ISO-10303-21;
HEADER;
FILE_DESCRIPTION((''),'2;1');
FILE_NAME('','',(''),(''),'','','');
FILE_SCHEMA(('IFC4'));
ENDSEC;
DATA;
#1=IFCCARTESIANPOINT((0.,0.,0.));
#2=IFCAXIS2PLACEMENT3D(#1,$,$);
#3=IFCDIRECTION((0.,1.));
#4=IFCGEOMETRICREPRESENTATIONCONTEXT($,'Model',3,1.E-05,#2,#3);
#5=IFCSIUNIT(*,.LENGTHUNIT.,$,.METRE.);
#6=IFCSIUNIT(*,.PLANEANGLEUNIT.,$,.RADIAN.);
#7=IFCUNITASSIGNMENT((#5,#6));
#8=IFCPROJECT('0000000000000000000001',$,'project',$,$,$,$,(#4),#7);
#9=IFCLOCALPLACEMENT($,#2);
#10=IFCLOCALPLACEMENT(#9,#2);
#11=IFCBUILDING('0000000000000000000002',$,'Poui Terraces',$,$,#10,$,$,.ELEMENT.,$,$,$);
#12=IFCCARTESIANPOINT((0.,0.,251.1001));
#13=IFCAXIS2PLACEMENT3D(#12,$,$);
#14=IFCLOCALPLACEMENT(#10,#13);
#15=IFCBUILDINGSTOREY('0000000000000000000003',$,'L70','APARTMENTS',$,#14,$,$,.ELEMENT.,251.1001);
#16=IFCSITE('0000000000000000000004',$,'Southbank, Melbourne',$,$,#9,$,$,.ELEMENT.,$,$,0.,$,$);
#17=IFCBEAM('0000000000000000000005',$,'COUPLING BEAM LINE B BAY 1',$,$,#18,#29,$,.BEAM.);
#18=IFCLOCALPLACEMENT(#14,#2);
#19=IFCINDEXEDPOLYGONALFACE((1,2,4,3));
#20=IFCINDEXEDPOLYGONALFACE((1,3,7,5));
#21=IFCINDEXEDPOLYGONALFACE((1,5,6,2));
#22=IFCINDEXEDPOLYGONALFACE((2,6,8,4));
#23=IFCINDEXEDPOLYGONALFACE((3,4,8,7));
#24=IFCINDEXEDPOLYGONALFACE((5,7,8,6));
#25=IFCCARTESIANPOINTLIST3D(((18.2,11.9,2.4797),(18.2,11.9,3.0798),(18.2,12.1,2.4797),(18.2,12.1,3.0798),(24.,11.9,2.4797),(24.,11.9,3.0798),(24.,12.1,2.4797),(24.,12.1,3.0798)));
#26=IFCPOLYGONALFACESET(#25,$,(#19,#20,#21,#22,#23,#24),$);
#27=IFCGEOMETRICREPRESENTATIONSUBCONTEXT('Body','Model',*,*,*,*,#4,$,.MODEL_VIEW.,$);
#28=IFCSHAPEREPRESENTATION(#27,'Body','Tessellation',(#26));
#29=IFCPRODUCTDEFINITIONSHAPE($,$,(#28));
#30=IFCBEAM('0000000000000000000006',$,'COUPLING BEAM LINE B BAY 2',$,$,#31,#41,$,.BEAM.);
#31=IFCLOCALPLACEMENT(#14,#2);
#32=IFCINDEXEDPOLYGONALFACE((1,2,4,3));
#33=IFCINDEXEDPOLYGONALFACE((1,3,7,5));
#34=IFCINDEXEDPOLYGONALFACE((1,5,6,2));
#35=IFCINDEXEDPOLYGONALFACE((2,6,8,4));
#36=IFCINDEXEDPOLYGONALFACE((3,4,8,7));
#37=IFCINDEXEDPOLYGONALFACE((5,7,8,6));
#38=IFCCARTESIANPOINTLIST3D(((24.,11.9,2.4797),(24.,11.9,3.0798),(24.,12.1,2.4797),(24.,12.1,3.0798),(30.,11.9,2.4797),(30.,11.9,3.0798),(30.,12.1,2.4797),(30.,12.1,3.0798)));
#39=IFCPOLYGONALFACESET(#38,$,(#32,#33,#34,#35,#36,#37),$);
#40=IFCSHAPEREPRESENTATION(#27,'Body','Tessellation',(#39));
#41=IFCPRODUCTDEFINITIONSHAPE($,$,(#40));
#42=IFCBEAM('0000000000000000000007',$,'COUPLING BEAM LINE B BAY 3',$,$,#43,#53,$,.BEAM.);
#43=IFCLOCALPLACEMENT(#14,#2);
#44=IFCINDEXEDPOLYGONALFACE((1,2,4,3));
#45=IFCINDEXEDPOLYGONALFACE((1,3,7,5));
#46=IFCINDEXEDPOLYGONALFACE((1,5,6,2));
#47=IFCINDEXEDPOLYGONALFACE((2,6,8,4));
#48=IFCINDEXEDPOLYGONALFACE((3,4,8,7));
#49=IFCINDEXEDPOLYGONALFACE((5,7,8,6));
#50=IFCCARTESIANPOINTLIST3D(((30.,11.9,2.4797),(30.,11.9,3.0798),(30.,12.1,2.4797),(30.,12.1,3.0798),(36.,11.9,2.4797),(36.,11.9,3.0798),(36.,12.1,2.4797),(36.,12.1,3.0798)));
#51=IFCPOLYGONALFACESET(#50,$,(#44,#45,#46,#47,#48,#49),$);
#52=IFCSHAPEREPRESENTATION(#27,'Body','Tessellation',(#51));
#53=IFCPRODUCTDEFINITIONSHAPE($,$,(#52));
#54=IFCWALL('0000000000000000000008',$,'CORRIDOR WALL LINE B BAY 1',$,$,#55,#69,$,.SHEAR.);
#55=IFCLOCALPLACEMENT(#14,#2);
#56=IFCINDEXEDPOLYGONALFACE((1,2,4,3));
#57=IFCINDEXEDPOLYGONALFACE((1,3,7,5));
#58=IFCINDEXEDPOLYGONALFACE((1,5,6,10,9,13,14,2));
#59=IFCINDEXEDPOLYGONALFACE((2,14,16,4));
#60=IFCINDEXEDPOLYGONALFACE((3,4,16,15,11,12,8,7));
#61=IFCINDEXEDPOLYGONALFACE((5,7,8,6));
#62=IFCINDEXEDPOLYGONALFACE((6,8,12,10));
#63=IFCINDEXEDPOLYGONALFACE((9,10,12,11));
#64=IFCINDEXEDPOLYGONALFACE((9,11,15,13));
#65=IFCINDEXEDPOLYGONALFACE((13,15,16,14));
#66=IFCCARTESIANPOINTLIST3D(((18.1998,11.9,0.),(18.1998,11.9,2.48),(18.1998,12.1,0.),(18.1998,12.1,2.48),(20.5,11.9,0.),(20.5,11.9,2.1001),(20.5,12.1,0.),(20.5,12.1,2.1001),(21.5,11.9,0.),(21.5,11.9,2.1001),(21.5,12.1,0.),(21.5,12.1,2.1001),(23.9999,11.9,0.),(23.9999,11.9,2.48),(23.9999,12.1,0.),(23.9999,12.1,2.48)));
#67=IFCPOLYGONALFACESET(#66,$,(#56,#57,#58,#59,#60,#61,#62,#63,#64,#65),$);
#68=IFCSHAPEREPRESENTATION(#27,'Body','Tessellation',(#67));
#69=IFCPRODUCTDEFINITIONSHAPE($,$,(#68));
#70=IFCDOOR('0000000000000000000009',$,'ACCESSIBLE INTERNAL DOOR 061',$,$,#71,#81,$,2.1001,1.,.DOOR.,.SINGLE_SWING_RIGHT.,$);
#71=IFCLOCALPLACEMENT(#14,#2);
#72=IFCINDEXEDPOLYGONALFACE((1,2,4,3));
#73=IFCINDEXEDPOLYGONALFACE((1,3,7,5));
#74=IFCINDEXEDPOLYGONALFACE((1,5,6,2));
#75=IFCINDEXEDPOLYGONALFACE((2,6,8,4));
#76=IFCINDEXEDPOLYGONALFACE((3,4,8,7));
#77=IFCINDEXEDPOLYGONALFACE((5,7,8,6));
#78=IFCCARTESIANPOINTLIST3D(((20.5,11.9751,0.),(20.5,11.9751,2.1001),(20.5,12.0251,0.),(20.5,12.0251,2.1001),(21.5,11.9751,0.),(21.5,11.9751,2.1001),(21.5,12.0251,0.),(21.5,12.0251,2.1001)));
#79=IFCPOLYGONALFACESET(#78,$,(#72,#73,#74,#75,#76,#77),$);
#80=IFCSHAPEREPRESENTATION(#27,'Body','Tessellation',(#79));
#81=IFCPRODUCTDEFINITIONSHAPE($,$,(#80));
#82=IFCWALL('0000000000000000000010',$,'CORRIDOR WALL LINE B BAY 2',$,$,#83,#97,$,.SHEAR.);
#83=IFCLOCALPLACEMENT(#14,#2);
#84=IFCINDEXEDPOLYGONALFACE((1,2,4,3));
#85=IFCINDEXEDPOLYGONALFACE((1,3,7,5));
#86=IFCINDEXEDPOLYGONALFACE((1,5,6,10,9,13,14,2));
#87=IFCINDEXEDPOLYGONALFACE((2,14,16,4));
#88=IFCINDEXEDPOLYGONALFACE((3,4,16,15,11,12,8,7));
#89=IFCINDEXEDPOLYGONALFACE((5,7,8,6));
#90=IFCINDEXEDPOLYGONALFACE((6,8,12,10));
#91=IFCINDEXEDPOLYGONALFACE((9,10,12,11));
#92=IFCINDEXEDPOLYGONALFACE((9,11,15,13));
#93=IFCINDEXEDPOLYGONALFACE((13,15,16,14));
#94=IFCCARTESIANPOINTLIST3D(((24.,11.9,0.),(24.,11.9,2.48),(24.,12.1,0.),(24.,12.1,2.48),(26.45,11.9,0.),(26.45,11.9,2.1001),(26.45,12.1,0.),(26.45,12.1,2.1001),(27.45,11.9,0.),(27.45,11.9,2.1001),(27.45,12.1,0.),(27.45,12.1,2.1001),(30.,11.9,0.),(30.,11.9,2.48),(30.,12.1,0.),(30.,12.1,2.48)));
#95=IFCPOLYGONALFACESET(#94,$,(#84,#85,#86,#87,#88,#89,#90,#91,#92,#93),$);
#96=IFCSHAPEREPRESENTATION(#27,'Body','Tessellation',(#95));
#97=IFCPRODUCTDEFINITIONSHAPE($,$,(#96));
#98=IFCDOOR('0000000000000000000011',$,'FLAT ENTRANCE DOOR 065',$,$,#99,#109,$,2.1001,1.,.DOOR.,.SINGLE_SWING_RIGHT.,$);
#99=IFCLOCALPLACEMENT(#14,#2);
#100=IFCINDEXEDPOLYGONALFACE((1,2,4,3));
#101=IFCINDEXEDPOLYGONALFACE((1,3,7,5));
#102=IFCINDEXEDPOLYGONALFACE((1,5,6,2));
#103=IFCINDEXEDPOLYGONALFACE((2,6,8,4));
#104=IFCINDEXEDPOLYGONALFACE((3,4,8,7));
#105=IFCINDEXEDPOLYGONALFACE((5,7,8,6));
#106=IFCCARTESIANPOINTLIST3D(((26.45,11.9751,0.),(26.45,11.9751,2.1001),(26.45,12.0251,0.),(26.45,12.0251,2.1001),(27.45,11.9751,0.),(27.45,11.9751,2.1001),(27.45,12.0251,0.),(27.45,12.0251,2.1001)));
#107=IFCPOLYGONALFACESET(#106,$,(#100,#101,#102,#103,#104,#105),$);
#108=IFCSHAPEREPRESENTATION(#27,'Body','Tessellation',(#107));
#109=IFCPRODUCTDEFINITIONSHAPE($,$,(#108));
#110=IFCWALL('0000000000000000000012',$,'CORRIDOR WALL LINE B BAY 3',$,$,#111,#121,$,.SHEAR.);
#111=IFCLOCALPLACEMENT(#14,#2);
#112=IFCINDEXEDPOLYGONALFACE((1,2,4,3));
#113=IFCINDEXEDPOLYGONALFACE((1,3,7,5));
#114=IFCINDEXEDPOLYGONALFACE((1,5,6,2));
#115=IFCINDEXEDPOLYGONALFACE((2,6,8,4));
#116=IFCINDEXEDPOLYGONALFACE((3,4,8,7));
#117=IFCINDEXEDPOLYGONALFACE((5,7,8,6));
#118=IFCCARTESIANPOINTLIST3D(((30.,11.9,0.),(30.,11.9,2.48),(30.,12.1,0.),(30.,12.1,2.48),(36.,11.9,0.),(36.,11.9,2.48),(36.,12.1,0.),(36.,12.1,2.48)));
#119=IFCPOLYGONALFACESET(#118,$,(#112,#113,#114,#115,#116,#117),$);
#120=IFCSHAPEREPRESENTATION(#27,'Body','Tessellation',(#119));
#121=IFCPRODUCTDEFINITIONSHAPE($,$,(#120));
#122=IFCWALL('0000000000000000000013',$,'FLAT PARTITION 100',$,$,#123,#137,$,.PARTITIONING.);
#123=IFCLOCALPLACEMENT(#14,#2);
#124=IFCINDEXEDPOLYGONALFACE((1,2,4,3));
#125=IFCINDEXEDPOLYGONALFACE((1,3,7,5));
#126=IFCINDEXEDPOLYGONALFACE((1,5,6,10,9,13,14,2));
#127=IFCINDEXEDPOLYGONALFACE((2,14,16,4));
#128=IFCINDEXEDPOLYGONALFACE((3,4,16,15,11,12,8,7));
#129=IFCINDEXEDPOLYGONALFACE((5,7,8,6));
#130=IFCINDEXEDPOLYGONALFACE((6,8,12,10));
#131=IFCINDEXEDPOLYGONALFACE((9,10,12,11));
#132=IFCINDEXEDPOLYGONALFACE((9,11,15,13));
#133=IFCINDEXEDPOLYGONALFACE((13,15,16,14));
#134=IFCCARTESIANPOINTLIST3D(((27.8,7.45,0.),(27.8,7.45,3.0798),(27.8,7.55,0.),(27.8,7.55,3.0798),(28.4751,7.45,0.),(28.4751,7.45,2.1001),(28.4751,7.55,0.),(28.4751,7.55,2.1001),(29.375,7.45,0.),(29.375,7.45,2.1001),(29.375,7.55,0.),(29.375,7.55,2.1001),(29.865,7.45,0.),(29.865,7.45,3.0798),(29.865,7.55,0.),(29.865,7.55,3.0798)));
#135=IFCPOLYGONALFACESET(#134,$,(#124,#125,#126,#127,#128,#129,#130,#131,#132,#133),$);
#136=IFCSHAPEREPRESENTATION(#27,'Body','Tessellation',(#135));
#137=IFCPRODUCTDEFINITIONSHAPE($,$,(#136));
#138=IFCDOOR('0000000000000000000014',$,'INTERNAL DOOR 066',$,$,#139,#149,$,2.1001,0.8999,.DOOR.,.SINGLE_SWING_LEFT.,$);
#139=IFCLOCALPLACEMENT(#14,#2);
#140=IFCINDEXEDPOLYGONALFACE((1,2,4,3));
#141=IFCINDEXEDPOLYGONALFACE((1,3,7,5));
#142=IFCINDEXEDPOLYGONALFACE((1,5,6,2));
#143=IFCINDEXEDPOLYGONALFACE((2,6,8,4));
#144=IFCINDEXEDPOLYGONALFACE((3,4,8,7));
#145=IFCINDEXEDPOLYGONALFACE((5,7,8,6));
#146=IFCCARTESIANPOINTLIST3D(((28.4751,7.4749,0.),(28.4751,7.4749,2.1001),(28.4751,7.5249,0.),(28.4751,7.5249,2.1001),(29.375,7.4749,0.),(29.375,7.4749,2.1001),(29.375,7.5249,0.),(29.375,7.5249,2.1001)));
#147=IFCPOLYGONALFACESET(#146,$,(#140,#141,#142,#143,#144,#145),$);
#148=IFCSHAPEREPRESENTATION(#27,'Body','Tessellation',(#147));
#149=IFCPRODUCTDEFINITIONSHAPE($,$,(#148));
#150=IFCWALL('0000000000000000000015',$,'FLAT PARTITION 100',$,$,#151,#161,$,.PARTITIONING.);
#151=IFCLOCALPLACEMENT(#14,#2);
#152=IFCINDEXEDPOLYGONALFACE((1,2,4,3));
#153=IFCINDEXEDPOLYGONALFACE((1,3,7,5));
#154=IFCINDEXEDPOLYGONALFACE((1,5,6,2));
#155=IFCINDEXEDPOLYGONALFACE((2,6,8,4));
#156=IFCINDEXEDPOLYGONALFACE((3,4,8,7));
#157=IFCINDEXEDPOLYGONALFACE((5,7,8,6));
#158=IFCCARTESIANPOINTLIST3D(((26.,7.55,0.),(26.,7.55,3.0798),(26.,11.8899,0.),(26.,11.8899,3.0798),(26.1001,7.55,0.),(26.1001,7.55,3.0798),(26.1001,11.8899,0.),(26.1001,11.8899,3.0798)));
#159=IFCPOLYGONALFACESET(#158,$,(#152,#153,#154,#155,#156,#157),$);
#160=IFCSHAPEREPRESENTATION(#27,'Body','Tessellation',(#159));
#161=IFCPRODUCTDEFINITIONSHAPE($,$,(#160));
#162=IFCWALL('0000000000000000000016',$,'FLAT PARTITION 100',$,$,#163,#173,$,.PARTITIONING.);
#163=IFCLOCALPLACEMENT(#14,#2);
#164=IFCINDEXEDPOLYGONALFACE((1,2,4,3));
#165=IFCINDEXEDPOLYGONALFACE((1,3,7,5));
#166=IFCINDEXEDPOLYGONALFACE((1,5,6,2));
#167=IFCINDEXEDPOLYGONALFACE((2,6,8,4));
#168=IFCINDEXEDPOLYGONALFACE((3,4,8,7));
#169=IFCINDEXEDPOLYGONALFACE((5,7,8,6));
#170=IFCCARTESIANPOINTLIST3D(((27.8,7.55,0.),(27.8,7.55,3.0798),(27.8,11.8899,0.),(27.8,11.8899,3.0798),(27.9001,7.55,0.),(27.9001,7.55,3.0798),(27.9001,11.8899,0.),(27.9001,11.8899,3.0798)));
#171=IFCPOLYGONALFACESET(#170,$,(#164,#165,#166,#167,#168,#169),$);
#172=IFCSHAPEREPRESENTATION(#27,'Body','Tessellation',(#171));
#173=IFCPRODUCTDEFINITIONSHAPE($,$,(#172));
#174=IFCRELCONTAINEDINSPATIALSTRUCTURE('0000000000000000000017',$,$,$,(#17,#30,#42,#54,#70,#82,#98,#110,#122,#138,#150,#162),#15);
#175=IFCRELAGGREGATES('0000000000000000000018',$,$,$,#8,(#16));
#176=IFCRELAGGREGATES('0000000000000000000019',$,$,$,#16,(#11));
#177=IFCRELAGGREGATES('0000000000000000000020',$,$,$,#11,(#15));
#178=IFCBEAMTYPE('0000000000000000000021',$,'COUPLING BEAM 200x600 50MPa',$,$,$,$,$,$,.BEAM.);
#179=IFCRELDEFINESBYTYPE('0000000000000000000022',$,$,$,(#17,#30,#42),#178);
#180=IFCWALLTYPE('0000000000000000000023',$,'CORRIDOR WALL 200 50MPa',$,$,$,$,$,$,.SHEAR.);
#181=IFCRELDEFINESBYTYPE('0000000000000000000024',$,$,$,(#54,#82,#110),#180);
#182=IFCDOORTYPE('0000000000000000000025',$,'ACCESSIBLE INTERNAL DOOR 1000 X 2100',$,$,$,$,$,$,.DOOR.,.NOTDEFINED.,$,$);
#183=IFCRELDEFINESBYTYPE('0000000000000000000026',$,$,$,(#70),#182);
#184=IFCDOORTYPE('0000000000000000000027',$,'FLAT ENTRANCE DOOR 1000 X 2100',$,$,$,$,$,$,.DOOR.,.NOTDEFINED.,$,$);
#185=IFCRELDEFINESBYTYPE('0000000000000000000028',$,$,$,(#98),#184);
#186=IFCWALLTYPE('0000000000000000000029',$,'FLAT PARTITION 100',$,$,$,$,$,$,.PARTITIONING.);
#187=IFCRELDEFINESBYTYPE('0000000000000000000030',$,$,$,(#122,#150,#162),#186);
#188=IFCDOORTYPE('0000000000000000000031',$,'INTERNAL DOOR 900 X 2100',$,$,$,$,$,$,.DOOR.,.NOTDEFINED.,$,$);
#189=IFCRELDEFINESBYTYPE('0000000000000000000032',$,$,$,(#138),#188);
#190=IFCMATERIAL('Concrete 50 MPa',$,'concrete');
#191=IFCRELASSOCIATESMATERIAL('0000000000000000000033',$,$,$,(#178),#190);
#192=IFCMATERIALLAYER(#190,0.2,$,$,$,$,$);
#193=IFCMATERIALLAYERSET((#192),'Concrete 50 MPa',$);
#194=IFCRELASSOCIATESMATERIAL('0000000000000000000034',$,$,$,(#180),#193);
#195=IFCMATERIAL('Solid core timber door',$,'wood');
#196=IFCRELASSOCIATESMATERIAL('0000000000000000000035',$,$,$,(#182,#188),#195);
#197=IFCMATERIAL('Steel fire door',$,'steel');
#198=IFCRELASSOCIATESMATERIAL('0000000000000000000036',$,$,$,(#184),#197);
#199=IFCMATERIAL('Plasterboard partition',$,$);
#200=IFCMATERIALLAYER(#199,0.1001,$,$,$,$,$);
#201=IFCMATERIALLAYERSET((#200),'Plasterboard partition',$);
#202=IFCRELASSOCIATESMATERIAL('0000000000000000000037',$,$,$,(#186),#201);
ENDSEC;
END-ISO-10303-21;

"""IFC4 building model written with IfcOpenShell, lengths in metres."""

from ifc_helpers import new_model, si_unit, direction, frame, frame_2d, origin, origin_2d, place, context, subcontext, project, spatial, rectangle, extrude, source, transform, mapped, material, layer, layer_set, material_profile, profile_set, type_object, element, fill, save


model = new_model("IFC4")

# Units and contexts
model_context = context("Model", 3, precision=1e-05, world=origin(), true_north=direction((0.0, 1.0)))
body_context = subcontext(model_context, "Body", "Model", "MODEL_VIEW")
ifc_project = project(units=[si_unit("LENGTHUNIT", "METRE"), si_unit("PLANEANGLEUNIT", "RADIAN")], contexts=[model_context])

# Site, building, storey
site_placement = place(None, origin())
site = spatial("IfcSite", under=ifc_project, at=site_placement, Name="Southbank, Melbourne", CompositionType="ELEMENT", RefElevation=0.0)
building_placement = place(site_placement, origin())
building = spatial("IfcBuilding", under=site, at=building_placement, Name="Poui Terraces", CompositionType="ELEMENT")
storey_placement = place(building_placement, frame((0.0, 0.0, 251.1001)))
storey = spatial("IfcBuildingStorey", under=building, at=storey_placement, Name="L70", Description="APARTMENTS", CompositionType="ELEMENT", Elevation=251.1001)

# Beams
ifc_material_1 = material(Name="Concrete 50 MPa", Category="concrete")
ifc_material_profile = material_profile(ifc_material_1, rectangle(XDim=0.2, YDim=0.6001, at=origin_2d()), Name="RC 200x600")
ifc_profile_set = profile_set([ifc_material_profile], Name="Concrete 50 MPa")
beam_type = type_object("IfcBeamType", Name="COUPLING BEAM 200x600 50MPa", PredefinedType="BEAM", material=ifc_profile_set)
shared_shape_1 = source(origin(), body_context, "Body", "SweptSolid", [
    extrude(rectangle(XDim=0.2, YDim=0.6001, at=origin_2d()), origin(), (0.0, 0.0, 1.0), 5.8),
])
beam_placement = place(storey_placement, frame((18.2, 12.0, 2.7798), z_axis=(1.0, 0.0, 0.0), x_axis=(0.0, 1.0, 0.0)))
element("IfcBeam", 1, at=beam_placement, inside=storey, type_object=beam_type, Name="COUPLING BEAM LINE B BAY 1", PredefinedType="BEAM", context=body_context, shape_type="MappedRepresentation", body=[
    mapped(shared_shape_1, transform((0.0, 0.0, 0.0))),
])
shared_shape_2 = source(origin(), body_context, "Body", "SweptSolid", [
    extrude(rectangle(XDim=0.2, YDim=0.6001, at=origin_2d()), origin(), (0.0, 0.0, 1.0), 6.0),
])
for number, where, z_axis, x_axis, name in (
    (2, (24.0, 12.0, 2.7798), (1.0, 0.0, 0.0), (0.0, 1.0, 0.0), "COUPLING BEAM LINE B BAY 2"),
    (3, (30.0, 12.0, 2.7798), (1.0, 0.0, 0.0), (0.0, 1.0, 0.0), "COUPLING BEAM LINE B BAY 3"),
):
    element("IfcBeam", number, at=place(storey_placement, frame(where, z_axis=z_axis, x_axis=x_axis)), inside=storey, type_object=beam_type, Name=name, PredefinedType="BEAM", context=body_context, shape_type="MappedRepresentation", body=[
        mapped(shared_shape_2, transform((0.0, 0.0, 0.0))),
    ])

# Walls, openings, doors
ifc_layer_1 = layer(ifc_material_1, 0.2)
ifc_layer_set_1 = layer_set([ifc_layer_1], Name="Concrete 50 MPa")
wall_type_1 = type_object("IfcWallType", Name="CORRIDOR WALL 200 50MPa", PredefinedType="SHEAR", material=ifc_layer_set_1)
wall_1_placement = place(storey_placement, frame((18.2, 12.0, 0.0), z_axis=(0.0, 0.0, 1.0), x_axis=(1.0, 0.0, 0.0)))
wall_1 = element("IfcWall", 4, at=wall_1_placement, inside=storey, type_object=wall_type_1, Name="CORRIDOR WALL LINE B BAY 1", PredefinedType="SHEAR", context=body_context, shape_type="SweptSolid", body=[
    extrude(rectangle(XDim=5.8, YDim=0.2, at=frame_2d((2.8999, 0.0))), origin(), (0.0, 0.0, 1.0), 2.48),
])
opening_1_placement = place(wall_1_placement, frame((2.3, 0.0, 0.0)))
opening_1 = element("IfcOpeningElement", 5, at=opening_1_placement, cuts=wall_1, PredefinedType="OPENING", context=body_context, shape_type="SweptSolid", body=[
    extrude(rectangle(XDim=1.0, YDim=2.1001, at=frame_2d((0.5, 1.05))), frame((0.0, 0.1099, 0.0), z_axis=(0.0, -1.0, 0.0), x_axis=(1.0, 0.0, 0.0)), (0.0, 0.0, 1.0), 0.22),
])
ifc_material_2 = material(Name="Solid core timber door", Category="wood")
door_type_1 = type_object("IfcDoorType", Name="ACCESSIBLE INTERNAL DOOR 1000 X 2100", OperationType="NOTDEFINED", PredefinedType="DOOR", material=ifc_material_2)
door_1_placement = place(opening_1_placement, frame((1.0, 0.0, 0.0), z_axis=(0.0, 0.0, 1.0), x_axis=(-1.0, 0.0, 0.0)))
door_1 = element("IfcDoor", 6, at=door_1_placement, inside=storey, type_object=door_type_1, Name="ACCESSIBLE INTERNAL DOOR 061", OperationType="SINGLE_SWING_RIGHT", OverallHeight=2.1001, OverallWidth=1.0, PredefinedType="DOOR", context=body_context, shape_type="SweptSolid", body=[
    extrude(rectangle(XDim=1.0, YDim=2.1001, at=frame_2d((0.5, 1.05))), frame((0.0, 0.0249, 0.0), z_axis=(0.0, -1.0, 0.0), x_axis=(1.0, 0.0, 0.0)), (0.0, 0.0, 1.0), 0.05),
])
fill(opening_1, door_1)
wall_2_placement = place(storey_placement, frame((24.0, 12.0, 0.0), z_axis=(0.0, 0.0, 1.0), x_axis=(1.0, 0.0, 0.0)))
wall_2 = element("IfcWall", 7, at=wall_2_placement, inside=storey, type_object=wall_type_1, Name="CORRIDOR WALL LINE B BAY 2", PredefinedType="SHEAR", context=body_context, shape_type="SweptSolid", body=[
    extrude(rectangle(XDim=6.0, YDim=0.2, at=frame_2d((3.0, 0.0))), origin(), (0.0, 0.0, 1.0), 2.48),
])
opening_2_placement = place(wall_2_placement, frame((2.45, 0.0, 0.0)))
opening_2 = element("IfcOpeningElement", 8, at=opening_2_placement, cuts=wall_2, PredefinedType="OPENING", context=body_context, shape_type="SweptSolid", body=[
    extrude(rectangle(XDim=1.0, YDim=2.1001, at=frame_2d((0.5, 1.05))), frame((0.0, 0.1099, 0.0), z_axis=(0.0, -1.0, 0.0), x_axis=(1.0, 0.0, 0.0)), (0.0, 0.0, 1.0), 0.22),
])
ifc_material_3 = material(Name="Steel fire door", Category="steel")
door_type_2 = type_object("IfcDoorType", Name="FLAT ENTRANCE DOOR 1000 X 2100", OperationType="NOTDEFINED", PredefinedType="DOOR", material=ifc_material_3)
door_2_placement = place(opening_2_placement, frame((1.0, 0.0, 0.0), z_axis=(0.0, 0.0, 1.0), x_axis=(-1.0, 0.0, 0.0)))
door_2 = element("IfcDoor", 9, at=door_2_placement, inside=storey, type_object=door_type_2, Name="FLAT ENTRANCE DOOR 065", OperationType="SINGLE_SWING_RIGHT", OverallHeight=2.1001, OverallWidth=1.0, PredefinedType="DOOR", context=body_context, shape_type="SweptSolid", body=[
    extrude(rectangle(XDim=1.0, YDim=2.1001, at=frame_2d((0.5, 1.05))), frame((0.0, 0.0249, 0.0), z_axis=(0.0, -1.0, 0.0), x_axis=(1.0, 0.0, 0.0)), (0.0, 0.0, 1.0), 0.05),
])
fill(opening_2, door_2)

# Wall
wall_3_placement = place(storey_placement, frame((30.0, 12.0, 0.0), z_axis=(0.0, 0.0, 1.0), x_axis=(1.0, 0.0, 0.0)))
element("IfcWall", 10, at=wall_3_placement, inside=storey, type_object=wall_type_1, Name="CORRIDOR WALL LINE B BAY 3", PredefinedType="SHEAR", context=body_context, shape_type="SweptSolid", body=[
    extrude(rectangle(XDim=6.0, YDim=0.2, at=frame_2d((3.0, 0.0))), origin(), (0.0, 0.0, 1.0), 2.48),
])

# Wall, opening, door
ifc_material_4 = material(Name="Plasterboard partition")
ifc_layer_2 = layer(ifc_material_4, 0.1001)
ifc_layer_set_2 = layer_set([ifc_layer_2], Name="Plasterboard partition")
wall_type_2 = type_object("IfcWallType", Name="FLAT PARTITION 100", PredefinedType="PARTITIONING", material=ifc_layer_set_2)
wall_4_placement = place(storey_placement, frame((27.8, 7.5, 0.0), z_axis=(0.0, 0.0, 1.0), x_axis=(1.0, 0.0, 0.0)))
wall_4 = element("IfcWall", 11, at=wall_4_placement, inside=storey, type_object=wall_type_2, Name="FLAT PARTITION 100", PredefinedType="PARTITIONING", context=body_context, shape_type="SweptSolid", body=[
    extrude(rectangle(XDim=2.0649, YDim=0.1001, at=frame_2d((1.0325, 0.0))), origin(), (0.0, 0.0, 1.0), 3.0798),
])
opening_3_placement = place(wall_4_placement, frame((0.675, 0.0, 0.0)))
opening_3 = element("IfcOpeningElement", 12, at=opening_3_placement, cuts=wall_4, PredefinedType="OPENING", context=body_context, shape_type="SweptSolid", body=[
    extrude(rectangle(XDim=0.8999, YDim=2.1001, at=frame_2d((0.45, 1.05))), frame((0.0, 0.0601, 0.0), z_axis=(0.0, -1.0, 0.0), x_axis=(1.0, 0.0, 0.0)), (0.0, 0.0, 1.0), 0.1201),
])
door_type_3 = type_object("IfcDoorType", Name="INTERNAL DOOR 900 X 2100", OperationType="NOTDEFINED", PredefinedType="DOOR", material=ifc_material_2)
door_3_placement = place(opening_3_placement, origin())
door_3 = element("IfcDoor", 13, at=door_3_placement, inside=storey, type_object=door_type_3, Name="INTERNAL DOOR 066", OperationType="SINGLE_SWING_LEFT", OverallHeight=2.1001, OverallWidth=0.8999, PredefinedType="DOOR", context=body_context, shape_type="SweptSolid", body=[
    extrude(rectangle(XDim=0.8999, YDim=2.1001, at=frame_2d((0.45, 1.05))), frame((0.0, 0.0249, 0.0), z_axis=(0.0, -1.0, 0.0), x_axis=(1.0, 0.0, 0.0)), (0.0, 0.0, 1.0), 0.05),
])
fill(opening_3, door_3)

# Walls
for number, where, z_axis, x_axis, name in (
    (14, (26.05, 7.55, 0.0), (0.0, 0.0, 1.0), (0.0, 1.0, 0.0), "FLAT PARTITION 100"),
    (15, (27.8501, 7.55, 0.0), (0.0, 0.0, 1.0), (0.0, 1.0, 0.0), "FLAT PARTITION 100"),
):
    element("IfcWall", number, at=place(storey_placement, frame(where, z_axis=z_axis, x_axis=x_axis)), inside=storey, type_object=wall_type_2, Name=name, PredefinedType="PARTITIONING", context=body_context, shape_type="SweptSolid", body=[
        extrude(rectangle(XDim=4.3398, YDim=0.1001, at=frame_2d((2.1699, 0.0))), origin(), (0.0, 0.0, 1.0), 3.0798),
    ])

save(model, "model.ifc")
